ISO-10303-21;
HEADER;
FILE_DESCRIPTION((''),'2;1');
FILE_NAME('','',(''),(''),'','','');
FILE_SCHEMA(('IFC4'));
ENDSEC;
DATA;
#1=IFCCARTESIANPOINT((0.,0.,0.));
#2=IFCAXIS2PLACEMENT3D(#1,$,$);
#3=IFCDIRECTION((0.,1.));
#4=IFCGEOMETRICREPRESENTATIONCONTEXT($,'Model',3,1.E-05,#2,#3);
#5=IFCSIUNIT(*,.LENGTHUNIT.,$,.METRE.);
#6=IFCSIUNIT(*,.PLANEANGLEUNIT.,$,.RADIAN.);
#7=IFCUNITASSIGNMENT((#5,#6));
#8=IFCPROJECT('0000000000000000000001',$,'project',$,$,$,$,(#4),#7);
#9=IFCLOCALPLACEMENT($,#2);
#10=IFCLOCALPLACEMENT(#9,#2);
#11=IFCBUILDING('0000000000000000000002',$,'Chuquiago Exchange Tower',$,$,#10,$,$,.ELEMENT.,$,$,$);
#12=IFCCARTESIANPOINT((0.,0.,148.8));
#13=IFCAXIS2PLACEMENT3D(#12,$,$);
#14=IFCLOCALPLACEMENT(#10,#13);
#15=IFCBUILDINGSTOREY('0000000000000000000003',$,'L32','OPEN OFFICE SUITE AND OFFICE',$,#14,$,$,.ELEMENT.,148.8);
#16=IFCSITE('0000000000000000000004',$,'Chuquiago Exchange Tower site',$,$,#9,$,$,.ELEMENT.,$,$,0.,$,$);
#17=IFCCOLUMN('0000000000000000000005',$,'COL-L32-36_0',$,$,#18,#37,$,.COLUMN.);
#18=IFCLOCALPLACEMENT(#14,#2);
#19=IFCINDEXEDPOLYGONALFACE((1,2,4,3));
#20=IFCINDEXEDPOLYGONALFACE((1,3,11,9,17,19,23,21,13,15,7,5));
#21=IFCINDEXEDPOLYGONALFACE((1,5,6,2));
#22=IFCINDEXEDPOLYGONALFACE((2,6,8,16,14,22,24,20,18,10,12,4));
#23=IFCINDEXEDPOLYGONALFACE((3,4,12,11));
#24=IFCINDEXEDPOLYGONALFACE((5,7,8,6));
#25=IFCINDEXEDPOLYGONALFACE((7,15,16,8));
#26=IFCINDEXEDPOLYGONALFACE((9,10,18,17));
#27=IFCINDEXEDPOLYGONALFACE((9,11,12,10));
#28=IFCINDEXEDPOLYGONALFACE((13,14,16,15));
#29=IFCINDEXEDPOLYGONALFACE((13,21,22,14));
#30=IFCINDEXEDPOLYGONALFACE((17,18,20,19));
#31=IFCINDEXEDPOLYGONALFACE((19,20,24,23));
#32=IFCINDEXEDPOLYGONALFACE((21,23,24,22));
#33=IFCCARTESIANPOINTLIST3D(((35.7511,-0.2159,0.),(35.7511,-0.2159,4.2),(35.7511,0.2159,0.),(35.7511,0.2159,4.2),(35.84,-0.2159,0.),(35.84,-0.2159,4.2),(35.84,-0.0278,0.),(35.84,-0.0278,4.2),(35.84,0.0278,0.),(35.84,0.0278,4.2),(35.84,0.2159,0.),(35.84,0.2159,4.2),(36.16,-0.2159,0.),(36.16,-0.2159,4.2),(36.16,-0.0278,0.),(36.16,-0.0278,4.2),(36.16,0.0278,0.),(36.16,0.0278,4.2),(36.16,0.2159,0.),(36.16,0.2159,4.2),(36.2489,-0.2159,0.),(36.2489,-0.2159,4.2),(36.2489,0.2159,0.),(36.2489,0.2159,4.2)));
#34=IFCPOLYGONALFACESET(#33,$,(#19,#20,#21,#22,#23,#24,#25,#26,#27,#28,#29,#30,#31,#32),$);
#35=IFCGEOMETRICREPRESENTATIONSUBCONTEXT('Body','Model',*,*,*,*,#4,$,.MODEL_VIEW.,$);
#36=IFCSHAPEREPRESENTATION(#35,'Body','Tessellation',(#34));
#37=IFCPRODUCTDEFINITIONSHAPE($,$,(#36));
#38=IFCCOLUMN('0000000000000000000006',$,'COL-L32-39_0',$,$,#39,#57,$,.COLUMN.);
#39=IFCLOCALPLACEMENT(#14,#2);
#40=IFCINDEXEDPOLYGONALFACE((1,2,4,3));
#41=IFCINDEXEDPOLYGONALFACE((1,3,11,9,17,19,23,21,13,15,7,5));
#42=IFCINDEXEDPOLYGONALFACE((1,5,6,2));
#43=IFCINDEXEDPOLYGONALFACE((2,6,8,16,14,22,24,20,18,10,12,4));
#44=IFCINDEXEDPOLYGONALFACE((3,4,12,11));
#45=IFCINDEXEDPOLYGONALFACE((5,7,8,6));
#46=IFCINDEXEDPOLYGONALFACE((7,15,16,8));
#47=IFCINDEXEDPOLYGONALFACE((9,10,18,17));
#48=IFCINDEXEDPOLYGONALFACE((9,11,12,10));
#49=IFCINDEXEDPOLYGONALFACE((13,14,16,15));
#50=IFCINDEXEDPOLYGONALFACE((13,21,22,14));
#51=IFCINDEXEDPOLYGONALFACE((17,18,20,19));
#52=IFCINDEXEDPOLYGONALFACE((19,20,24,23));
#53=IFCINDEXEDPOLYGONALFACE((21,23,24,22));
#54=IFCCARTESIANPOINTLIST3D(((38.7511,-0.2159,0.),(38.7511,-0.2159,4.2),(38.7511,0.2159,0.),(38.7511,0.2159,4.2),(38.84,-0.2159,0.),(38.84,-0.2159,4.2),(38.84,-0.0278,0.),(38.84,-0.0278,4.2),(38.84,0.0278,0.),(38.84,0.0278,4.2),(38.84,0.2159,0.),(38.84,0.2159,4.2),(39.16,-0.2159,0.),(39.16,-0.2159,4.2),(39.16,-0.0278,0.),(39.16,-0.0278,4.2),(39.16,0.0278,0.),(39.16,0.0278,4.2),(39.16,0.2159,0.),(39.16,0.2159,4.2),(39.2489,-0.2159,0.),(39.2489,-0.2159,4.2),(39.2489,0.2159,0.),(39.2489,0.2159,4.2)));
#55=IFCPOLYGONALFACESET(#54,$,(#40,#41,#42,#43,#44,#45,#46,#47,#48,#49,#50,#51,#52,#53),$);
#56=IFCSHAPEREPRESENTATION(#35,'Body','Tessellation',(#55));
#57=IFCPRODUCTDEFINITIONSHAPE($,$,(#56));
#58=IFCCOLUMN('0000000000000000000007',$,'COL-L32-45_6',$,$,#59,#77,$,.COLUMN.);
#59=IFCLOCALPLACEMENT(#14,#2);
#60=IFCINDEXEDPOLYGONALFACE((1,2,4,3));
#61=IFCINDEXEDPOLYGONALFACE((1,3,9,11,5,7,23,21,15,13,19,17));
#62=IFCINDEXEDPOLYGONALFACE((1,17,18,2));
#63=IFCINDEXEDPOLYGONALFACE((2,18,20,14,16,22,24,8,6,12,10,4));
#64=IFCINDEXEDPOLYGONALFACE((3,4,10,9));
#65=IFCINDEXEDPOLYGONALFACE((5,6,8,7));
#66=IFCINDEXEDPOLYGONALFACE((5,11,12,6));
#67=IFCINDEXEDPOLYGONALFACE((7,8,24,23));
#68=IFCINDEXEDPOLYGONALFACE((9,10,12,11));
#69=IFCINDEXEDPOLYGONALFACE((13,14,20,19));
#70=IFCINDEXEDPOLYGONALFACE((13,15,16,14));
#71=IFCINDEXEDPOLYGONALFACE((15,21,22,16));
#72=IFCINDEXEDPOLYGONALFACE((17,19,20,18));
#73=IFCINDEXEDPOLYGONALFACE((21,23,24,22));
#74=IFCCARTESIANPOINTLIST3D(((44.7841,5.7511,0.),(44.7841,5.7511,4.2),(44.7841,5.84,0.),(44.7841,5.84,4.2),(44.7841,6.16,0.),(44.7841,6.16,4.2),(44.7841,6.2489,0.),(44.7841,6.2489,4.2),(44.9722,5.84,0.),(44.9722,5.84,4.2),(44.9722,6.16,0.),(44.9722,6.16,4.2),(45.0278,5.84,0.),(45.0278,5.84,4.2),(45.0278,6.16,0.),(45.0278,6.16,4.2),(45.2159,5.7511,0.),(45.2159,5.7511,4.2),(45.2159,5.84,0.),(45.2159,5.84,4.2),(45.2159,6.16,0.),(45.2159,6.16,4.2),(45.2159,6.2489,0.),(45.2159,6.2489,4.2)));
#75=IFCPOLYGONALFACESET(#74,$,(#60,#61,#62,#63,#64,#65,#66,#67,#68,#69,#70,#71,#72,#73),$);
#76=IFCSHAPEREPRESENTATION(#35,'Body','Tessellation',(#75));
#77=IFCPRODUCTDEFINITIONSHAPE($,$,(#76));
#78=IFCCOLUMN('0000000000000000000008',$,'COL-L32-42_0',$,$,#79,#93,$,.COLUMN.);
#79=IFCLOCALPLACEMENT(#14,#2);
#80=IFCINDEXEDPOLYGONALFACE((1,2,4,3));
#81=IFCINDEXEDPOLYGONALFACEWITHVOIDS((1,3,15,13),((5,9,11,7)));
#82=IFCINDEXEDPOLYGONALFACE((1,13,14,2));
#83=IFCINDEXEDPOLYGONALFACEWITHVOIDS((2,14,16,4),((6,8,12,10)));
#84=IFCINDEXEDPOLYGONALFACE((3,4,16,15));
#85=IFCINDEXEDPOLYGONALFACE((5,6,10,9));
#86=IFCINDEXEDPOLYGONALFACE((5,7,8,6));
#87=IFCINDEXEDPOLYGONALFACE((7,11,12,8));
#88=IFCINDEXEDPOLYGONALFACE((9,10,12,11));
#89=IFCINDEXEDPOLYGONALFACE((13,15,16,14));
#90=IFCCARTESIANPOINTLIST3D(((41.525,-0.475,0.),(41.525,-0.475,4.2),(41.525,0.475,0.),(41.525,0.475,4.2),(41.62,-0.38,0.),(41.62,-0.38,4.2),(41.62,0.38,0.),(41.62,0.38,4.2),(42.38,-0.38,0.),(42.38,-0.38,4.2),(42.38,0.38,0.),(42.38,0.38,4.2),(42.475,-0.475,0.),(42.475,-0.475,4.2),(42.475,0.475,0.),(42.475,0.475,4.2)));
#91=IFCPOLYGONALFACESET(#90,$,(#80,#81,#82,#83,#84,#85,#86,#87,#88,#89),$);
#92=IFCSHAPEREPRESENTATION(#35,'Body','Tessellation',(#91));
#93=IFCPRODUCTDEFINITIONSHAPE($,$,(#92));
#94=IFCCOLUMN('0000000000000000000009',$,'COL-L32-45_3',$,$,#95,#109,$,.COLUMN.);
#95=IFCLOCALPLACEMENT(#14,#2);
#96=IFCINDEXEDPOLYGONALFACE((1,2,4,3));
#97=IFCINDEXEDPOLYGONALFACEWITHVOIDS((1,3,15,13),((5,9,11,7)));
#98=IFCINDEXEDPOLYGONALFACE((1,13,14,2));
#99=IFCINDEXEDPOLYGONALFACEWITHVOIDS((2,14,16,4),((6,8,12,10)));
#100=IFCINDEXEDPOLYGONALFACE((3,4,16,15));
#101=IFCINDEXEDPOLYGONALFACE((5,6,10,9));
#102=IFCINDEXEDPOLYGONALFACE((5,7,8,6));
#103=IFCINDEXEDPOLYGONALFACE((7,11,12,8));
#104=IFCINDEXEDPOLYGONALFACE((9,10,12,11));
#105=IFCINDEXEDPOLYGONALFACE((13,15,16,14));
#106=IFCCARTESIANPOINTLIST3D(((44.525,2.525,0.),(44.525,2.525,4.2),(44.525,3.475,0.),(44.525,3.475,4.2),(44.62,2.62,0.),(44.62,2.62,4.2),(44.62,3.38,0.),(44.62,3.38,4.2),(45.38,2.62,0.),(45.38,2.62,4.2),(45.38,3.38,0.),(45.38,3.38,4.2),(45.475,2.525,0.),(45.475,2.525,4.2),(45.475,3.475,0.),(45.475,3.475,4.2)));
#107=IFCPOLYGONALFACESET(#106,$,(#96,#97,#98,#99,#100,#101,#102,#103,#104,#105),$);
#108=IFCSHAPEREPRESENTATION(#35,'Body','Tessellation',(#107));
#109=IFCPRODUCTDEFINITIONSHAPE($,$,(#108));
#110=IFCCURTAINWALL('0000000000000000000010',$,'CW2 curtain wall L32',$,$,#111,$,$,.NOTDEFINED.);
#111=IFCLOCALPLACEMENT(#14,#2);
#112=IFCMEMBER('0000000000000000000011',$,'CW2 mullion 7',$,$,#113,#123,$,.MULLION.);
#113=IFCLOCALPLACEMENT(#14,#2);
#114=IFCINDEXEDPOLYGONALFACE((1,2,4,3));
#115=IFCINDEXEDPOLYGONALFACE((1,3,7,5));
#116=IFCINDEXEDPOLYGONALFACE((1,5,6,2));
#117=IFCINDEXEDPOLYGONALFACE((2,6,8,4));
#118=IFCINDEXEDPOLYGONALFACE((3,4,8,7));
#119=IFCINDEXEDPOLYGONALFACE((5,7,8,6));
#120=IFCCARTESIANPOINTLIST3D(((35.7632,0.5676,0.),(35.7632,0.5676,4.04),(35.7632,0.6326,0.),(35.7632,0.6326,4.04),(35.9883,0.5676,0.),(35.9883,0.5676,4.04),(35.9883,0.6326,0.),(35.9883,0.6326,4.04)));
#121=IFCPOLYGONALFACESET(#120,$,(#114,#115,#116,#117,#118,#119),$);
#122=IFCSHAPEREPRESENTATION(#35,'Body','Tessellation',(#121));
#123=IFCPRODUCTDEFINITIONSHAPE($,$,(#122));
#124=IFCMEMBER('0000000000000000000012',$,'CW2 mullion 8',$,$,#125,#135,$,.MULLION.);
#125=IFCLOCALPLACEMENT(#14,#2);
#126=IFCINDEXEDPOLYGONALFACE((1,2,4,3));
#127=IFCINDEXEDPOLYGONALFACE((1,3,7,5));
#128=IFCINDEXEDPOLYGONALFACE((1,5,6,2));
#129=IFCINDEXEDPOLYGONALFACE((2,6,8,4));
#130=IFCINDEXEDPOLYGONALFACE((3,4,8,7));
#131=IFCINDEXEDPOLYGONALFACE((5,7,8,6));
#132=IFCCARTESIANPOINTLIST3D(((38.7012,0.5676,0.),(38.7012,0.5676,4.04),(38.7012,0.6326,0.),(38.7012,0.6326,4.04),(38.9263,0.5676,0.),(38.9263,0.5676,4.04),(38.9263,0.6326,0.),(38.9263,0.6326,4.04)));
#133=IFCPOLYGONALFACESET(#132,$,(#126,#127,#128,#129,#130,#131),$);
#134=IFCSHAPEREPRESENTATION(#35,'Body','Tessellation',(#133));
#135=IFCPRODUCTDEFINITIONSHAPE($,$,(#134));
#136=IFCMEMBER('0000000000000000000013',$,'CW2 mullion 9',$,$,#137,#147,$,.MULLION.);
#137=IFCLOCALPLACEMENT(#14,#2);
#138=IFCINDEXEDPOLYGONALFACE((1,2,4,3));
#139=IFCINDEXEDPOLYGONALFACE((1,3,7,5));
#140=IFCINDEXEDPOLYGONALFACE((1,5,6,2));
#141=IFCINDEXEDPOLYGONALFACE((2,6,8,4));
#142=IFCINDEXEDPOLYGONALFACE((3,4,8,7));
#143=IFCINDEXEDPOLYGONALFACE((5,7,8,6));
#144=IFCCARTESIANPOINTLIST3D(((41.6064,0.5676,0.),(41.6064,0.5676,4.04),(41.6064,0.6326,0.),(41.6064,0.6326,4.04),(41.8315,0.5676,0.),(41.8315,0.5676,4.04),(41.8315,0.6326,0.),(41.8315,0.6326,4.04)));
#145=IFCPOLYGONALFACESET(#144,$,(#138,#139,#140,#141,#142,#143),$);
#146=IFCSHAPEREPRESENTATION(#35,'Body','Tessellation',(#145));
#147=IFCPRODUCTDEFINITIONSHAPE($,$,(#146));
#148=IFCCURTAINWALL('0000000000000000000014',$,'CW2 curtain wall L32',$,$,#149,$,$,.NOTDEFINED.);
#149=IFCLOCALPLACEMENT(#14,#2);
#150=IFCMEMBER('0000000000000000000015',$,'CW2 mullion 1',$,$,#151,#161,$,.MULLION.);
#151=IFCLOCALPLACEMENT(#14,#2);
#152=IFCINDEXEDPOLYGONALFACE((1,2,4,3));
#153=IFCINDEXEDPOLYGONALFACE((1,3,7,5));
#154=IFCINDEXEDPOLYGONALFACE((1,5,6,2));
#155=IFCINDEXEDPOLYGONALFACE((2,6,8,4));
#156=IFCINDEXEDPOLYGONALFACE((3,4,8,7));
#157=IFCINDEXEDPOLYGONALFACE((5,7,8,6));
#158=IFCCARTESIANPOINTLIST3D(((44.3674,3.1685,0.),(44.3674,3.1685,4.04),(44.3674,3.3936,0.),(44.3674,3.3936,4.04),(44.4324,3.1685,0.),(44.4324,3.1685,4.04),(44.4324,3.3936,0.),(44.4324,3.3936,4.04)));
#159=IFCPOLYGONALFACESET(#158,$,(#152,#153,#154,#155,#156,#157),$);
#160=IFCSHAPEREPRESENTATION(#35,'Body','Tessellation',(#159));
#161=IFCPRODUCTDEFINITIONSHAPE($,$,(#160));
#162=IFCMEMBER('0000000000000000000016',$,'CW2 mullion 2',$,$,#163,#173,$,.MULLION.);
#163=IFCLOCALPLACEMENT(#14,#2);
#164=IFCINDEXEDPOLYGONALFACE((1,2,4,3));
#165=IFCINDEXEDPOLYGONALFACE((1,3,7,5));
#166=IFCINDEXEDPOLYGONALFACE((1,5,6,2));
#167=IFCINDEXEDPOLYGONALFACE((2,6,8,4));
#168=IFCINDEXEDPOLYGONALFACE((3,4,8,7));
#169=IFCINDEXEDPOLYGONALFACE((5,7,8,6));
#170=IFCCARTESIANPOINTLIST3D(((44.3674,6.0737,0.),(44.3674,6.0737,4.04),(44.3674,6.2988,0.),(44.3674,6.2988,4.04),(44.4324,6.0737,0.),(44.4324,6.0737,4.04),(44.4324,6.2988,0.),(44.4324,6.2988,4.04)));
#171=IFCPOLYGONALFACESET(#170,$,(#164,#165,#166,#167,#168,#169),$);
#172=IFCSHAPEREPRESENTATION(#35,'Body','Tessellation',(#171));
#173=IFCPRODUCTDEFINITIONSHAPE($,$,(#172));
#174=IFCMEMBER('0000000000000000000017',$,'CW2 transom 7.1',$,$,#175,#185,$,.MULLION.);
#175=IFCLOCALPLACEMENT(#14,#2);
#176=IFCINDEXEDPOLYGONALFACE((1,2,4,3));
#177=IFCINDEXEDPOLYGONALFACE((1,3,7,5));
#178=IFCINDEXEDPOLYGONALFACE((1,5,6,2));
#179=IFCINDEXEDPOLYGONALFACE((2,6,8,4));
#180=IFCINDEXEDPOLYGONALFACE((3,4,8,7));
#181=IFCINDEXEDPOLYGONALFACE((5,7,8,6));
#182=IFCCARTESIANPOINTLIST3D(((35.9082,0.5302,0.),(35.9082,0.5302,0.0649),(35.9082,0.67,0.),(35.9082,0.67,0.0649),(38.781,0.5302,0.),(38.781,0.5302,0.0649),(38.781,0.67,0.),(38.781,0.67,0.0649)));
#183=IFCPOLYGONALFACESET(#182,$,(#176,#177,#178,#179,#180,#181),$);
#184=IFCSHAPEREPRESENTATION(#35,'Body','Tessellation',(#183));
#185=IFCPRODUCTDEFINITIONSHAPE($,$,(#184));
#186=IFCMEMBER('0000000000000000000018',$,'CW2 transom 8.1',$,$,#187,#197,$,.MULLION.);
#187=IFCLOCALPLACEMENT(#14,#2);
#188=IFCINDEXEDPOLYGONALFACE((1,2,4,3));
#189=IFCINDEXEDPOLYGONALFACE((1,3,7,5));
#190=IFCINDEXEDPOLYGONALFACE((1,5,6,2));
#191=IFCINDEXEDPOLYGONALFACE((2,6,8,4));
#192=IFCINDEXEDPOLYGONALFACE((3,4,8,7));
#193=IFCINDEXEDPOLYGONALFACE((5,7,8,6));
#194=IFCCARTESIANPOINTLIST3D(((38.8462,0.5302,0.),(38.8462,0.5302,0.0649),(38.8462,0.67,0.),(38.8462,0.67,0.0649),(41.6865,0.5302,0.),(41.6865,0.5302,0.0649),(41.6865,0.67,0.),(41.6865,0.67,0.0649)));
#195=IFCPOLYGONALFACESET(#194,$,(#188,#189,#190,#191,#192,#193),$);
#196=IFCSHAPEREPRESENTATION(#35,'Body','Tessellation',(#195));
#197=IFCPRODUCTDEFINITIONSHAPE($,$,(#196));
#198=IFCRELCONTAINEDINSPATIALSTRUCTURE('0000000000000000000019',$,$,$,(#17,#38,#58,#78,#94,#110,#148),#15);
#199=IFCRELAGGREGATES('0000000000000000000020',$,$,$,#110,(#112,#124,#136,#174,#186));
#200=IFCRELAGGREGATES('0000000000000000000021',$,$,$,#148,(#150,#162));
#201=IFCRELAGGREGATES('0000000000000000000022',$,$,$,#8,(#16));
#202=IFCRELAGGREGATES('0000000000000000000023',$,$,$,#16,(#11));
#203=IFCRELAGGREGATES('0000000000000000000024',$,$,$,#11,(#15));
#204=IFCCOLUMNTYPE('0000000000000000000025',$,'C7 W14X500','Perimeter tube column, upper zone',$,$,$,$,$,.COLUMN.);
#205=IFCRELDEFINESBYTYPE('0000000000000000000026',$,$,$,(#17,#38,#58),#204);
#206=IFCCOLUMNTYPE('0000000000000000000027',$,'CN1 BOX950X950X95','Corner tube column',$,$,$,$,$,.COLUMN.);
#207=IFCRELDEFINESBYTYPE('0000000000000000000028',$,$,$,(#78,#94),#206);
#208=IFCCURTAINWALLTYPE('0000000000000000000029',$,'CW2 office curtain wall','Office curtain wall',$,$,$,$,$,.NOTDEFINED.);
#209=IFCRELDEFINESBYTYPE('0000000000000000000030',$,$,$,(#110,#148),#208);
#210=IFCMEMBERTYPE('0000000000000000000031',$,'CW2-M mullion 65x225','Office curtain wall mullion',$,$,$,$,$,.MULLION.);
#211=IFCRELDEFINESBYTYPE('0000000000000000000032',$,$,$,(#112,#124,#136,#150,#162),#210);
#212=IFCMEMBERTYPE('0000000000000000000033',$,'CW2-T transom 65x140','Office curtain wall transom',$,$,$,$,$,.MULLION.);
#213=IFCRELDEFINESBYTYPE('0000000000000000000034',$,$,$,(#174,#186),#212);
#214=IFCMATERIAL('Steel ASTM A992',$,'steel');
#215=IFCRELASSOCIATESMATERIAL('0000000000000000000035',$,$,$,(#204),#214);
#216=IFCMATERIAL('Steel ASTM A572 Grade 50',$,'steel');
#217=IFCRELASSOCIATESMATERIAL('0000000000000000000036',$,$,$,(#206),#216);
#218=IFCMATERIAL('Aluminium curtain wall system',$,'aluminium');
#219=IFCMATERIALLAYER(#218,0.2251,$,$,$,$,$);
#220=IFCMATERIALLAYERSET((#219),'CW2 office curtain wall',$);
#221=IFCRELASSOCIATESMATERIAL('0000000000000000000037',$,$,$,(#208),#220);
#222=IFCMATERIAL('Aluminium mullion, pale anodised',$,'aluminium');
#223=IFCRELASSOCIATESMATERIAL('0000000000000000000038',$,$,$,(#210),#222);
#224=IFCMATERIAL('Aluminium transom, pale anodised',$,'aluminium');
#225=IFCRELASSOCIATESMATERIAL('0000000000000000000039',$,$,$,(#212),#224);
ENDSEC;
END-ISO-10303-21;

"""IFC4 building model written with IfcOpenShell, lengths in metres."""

from ifc_helpers import new_model, si_unit, direction, frame, origin, origin_2d, place, context, subcontext, project, spatial, rectangle, hollow_rectangle, i_section, extrude, material, layer, layer_set, material_profile, profile_set, type_object, element, aggregate, save


model = new_model("IFC4")

# Units and contexts
model_context = context("Model", 3, precision=1e-05, world=origin(), true_north=direction((0.0, 1.0)))
body_context = subcontext(model_context, "Body", "Model", "MODEL_VIEW")
ifc_project = project(units=[si_unit("LENGTHUNIT", "METRE"), si_unit("PLANEANGLEUNIT", "RADIAN")], contexts=[model_context])

# Site, building, storey
site_placement = place(None, origin())
site = spatial("IfcSite", under=ifc_project, at=site_placement, Name="Chuquiago Exchange Tower site", CompositionType="ELEMENT", RefElevation=0.0)
building_placement = place(site_placement, origin())
building = spatial("IfcBuilding", under=site, at=building_placement, Name="Chuquiago Exchange Tower", CompositionType="ELEMENT")
storey_placement = place(building_placement, frame((0.0, 0.0, 148.8)))
storey = spatial("IfcBuildingStorey", under=building, at=storey_placement, Name="L32", Description="OPEN OFFICE SUITE AND OFFICE", CompositionType="ELEMENT", Elevation=148.8)

# Columns
ifc_material_1 = material(Name="Steel ASTM A992", Category="steel")
ifc_material_profile_1 = material_profile(ifc_material_1, i_section(OverallWidth=0.4319, OverallDepth=0.4978, WebThickness=0.0557, FlangeThickness=0.0889, at=origin_2d()), Name="W14X500")
ifc_profile_set_1 = profile_set([ifc_material_profile_1], Name="Steel ASTM A992")
column_type_1 = type_object("IfcColumnType", Name="C7 W14X500", Description="Perimeter tube column, upper zone", PredefinedType="COLUMN", material=ifc_profile_set_1)
for number, where, z_axis, x_axis, name in (
    (1, (36.0, 0.0, 0.0), (0.0, 0.0, 1.0), (0.0, -1.0, 0.0), "COL-L32-36_0"),
    (2, (39.0, 0.0, 0.0), (0.0, 0.0, 1.0), (0.0, -1.0, 0.0), "COL-L32-39_0"),
    (3, (45.0, 6.0, 0.0), (0.0, 0.0, 1.0), (1.0, 0.0, 0.0), "COL-L32-45_6"),
):
    element("IfcColumn", number, at=place(storey_placement, frame(where, z_axis=z_axis, x_axis=x_axis)), inside=storey, type_object=column_type_1, Name=name, PredefinedType="COLUMN", context=body_context, shape_type="SweptSolid", body=[
        extrude(i_section(OverallWidth=0.4319, OverallDepth=0.4978, WebThickness=0.0557, FlangeThickness=0.0889, at=origin_2d()), origin(), (0.0, 0.0, 1.0), 4.2),
    ])
ifc_material_2 = material(Name="Steel ASTM A572 Grade 50", Category="steel")
ifc_material_profile_2 = material_profile(ifc_material_2, hollow_rectangle(XDim=0.95, YDim=0.95, WallThickness=0.095, at=origin_2d()), Name="BOX950X950X95")
ifc_profile_set_2 = profile_set([ifc_material_profile_2], Name="Steel ASTM A572 Grade 50")
column_type_2 = type_object("IfcColumnType", Name="CN1 BOX950X950X95", Description="Corner tube column", PredefinedType="COLUMN", material=ifc_profile_set_2)
for number, where, z_axis, x_axis, name in (
    (4, (42.0, 0.0, 0.0), (0.0, 0.0, 1.0), (0.0, -1.0, 0.0), "COL-L32-42_0"),
    (5, (45.0, 3.0, 0.0), (0.0, 0.0, 1.0), (1.0, 0.0, 0.0), "COL-L32-45_3"),
):
    element("IfcColumn", number, at=place(storey_placement, frame(where, z_axis=z_axis, x_axis=x_axis)), inside=storey, type_object=column_type_2, Name=name, PredefinedType="COLUMN", context=body_context, shape_type="SweptSolid", body=[
        extrude(hollow_rectangle(XDim=0.95, YDim=0.95, WallThickness=0.095, at=origin_2d()), origin(), (0.0, 0.0, 1.0), 4.2),
    ])

# Curtain walls, members
ifc_material_3 = material(Name="Aluminium curtain wall system", Category="aluminium")
ifc_layer_1 = layer(ifc_material_3, 0.2251)
ifc_layer_set_1 = layer_set([ifc_layer_1], Name="CW2 office curtain wall")
curtain_wall_type_1 = type_object("IfcCurtainWallType", Name="CW2 office curtain wall", Description="Office curtain wall", PredefinedType="NOTDEFINED", material=ifc_layer_set_1)
curtain_wall_1_placement = place(storey_placement, origin())
curtain_wall_1 = element("IfcCurtainWall", 6, at=curtain_wall_1_placement, inside=storey, type_object=curtain_wall_type_1, Name="CW2 curtain wall L32", PredefinedType="NOTDEFINED")
ifc_material_4 = material(Name="Aluminium mullion, pale anodised", Category="aluminium")
ifc_material_profile_3 = material_profile(ifc_material_4, rectangle(XDim=0.0649, YDim=0.2251, at=origin_2d()), Name="AL 65x225")
ifc_profile_set_3 = profile_set([ifc_material_profile_3], Name="Aluminium mullion, pale anodised")
member_type_1 = type_object("IfcMemberType", Name="CW2-M mullion 65x225", Description="Office curtain wall mullion", PredefinedType="MULLION", material=ifc_profile_set_3)
member_1_placement = place(storey_placement, frame((35.8757, 0.6001, 0.0), z_axis=(0.0, 0.0, 1.0), x_axis=(0.0, 1.0, 0.0)))
member_1 = element("IfcMember", 7, at=member_1_placement, type_object=member_type_1, Name="CW2 mullion 7", PredefinedType="MULLION", context=body_context, shape_type="SweptSolid", body=[
    extrude(rectangle(XDim=0.0649, YDim=0.2251, at=origin_2d()), origin(), (0.0, 0.0, 1.0), 4.04),
])
member_2_placement = place(storey_placement, frame((38.8137, 0.6001, 0.0), z_axis=(0.0, 0.0, 1.0), x_axis=(0.0, 1.0, 0.0)))
member_2 = element("IfcMember", 8, at=member_2_placement, type_object=member_type_1, Name="CW2 mullion 8", PredefinedType="MULLION", context=body_context, shape_type="SweptSolid", body=[
    extrude(rectangle(XDim=0.0649, YDim=0.2251, at=origin_2d()), origin(), (0.0, 0.0, 1.0), 4.04),
])
member_3_placement = place(storey_placement, frame((41.719, 0.6001, 0.0), z_axis=(0.0, 0.0, 1.0), x_axis=(0.0, 1.0, 0.0)))
member_3 = element("IfcMember", 9, at=member_3_placement, type_object=member_type_1, Name="CW2 mullion 9", PredefinedType="MULLION", context=body_context, shape_type="SweptSolid", body=[
    extrude(rectangle(XDim=0.0649, YDim=0.2251, at=origin_2d()), origin(), (0.0, 0.0, 1.0), 4.04),
])
curtain_wall_2_placement = place(storey_placement, origin())
curtain_wall_2 = element("IfcCurtainWall", 10, at=curtain_wall_2_placement, inside=storey, type_object=curtain_wall_type_1, Name="CW2 curtain wall L32", PredefinedType="NOTDEFINED")
member_4_placement = place(storey_placement, frame((44.3999, 3.281, 0.0), z_axis=(0.0, 0.0, 1.0), x_axis=(-1.0, 0.0, 0.0)))
member_4 = element("IfcMember", 11, at=member_4_placement, type_object=member_type_1, Name="CW2 mullion 1", PredefinedType="MULLION", context=body_context, shape_type="SweptSolid", body=[
    extrude(rectangle(XDim=0.0649, YDim=0.2251, at=origin_2d()), origin(), (0.0, 0.0, 1.0), 4.04),
])
member_5_placement = place(storey_placement, frame((44.3999, 6.1863, 0.0), z_axis=(0.0, 0.0, 1.0), x_axis=(-1.0, 0.0, 0.0)))
member_5 = element("IfcMember", 12, at=member_5_placement, type_object=member_type_1, Name="CW2 mullion 2", PredefinedType="MULLION", context=body_context, shape_type="SweptSolid", body=[
    extrude(rectangle(XDim=0.0649, YDim=0.2251, at=origin_2d()), origin(), (0.0, 0.0, 1.0), 4.04),
])

# Members
ifc_material_5 = material(Name="Aluminium transom, pale anodised", Category="aluminium")
ifc_material_profile_4 = material_profile(ifc_material_5, rectangle(XDim=0.1399, YDim=0.0649, at=origin_2d()), Name="AL 140x65")
ifc_profile_set_4 = profile_set([ifc_material_profile_4], Name="Aluminium transom, pale anodised")
member_type_2 = type_object("IfcMemberType", Name="CW2-T transom 65x140", Description="Office curtain wall transom", PredefinedType="MULLION", material=ifc_profile_set_4)
member_6_placement = place(storey_placement, frame((35.9082, 0.6001, 0.0325), z_axis=(1.0, 0.0, 0.0), x_axis=(0.0, 1.0, 0.0)))
member_6 = element("IfcMember", 13, at=member_6_placement, type_object=member_type_2, Name="CW2 transom 7.1", PredefinedType="MULLION", context=body_context, shape_type="SweptSolid", body=[
    extrude(rectangle(XDim=0.1399, YDim=0.0649, at=origin_2d()), origin(), (0.0, 0.0, 1.0), 2.8728),
])
member_7_placement = place(storey_placement, frame((38.8462, 0.6001, 0.0325), z_axis=(1.0, 0.0, 0.0), x_axis=(0.0, 1.0, 0.0)))
member_7 = element("IfcMember", 14, at=member_7_placement, type_object=member_type_2, Name="CW2 transom 8.1", PredefinedType="MULLION", context=body_context, shape_type="SweptSolid", body=[
    extrude(rectangle(XDim=0.1399, YDim=0.0649, at=origin_2d()), origin(), (0.0, 0.0, 1.0), 2.8403),
])

aggregate(curtain_wall_1, [member_1, member_2, member_3, member_6, member_7])
aggregate(curtain_wall_2, [member_4, member_5])

save(model, "model.ifc")
